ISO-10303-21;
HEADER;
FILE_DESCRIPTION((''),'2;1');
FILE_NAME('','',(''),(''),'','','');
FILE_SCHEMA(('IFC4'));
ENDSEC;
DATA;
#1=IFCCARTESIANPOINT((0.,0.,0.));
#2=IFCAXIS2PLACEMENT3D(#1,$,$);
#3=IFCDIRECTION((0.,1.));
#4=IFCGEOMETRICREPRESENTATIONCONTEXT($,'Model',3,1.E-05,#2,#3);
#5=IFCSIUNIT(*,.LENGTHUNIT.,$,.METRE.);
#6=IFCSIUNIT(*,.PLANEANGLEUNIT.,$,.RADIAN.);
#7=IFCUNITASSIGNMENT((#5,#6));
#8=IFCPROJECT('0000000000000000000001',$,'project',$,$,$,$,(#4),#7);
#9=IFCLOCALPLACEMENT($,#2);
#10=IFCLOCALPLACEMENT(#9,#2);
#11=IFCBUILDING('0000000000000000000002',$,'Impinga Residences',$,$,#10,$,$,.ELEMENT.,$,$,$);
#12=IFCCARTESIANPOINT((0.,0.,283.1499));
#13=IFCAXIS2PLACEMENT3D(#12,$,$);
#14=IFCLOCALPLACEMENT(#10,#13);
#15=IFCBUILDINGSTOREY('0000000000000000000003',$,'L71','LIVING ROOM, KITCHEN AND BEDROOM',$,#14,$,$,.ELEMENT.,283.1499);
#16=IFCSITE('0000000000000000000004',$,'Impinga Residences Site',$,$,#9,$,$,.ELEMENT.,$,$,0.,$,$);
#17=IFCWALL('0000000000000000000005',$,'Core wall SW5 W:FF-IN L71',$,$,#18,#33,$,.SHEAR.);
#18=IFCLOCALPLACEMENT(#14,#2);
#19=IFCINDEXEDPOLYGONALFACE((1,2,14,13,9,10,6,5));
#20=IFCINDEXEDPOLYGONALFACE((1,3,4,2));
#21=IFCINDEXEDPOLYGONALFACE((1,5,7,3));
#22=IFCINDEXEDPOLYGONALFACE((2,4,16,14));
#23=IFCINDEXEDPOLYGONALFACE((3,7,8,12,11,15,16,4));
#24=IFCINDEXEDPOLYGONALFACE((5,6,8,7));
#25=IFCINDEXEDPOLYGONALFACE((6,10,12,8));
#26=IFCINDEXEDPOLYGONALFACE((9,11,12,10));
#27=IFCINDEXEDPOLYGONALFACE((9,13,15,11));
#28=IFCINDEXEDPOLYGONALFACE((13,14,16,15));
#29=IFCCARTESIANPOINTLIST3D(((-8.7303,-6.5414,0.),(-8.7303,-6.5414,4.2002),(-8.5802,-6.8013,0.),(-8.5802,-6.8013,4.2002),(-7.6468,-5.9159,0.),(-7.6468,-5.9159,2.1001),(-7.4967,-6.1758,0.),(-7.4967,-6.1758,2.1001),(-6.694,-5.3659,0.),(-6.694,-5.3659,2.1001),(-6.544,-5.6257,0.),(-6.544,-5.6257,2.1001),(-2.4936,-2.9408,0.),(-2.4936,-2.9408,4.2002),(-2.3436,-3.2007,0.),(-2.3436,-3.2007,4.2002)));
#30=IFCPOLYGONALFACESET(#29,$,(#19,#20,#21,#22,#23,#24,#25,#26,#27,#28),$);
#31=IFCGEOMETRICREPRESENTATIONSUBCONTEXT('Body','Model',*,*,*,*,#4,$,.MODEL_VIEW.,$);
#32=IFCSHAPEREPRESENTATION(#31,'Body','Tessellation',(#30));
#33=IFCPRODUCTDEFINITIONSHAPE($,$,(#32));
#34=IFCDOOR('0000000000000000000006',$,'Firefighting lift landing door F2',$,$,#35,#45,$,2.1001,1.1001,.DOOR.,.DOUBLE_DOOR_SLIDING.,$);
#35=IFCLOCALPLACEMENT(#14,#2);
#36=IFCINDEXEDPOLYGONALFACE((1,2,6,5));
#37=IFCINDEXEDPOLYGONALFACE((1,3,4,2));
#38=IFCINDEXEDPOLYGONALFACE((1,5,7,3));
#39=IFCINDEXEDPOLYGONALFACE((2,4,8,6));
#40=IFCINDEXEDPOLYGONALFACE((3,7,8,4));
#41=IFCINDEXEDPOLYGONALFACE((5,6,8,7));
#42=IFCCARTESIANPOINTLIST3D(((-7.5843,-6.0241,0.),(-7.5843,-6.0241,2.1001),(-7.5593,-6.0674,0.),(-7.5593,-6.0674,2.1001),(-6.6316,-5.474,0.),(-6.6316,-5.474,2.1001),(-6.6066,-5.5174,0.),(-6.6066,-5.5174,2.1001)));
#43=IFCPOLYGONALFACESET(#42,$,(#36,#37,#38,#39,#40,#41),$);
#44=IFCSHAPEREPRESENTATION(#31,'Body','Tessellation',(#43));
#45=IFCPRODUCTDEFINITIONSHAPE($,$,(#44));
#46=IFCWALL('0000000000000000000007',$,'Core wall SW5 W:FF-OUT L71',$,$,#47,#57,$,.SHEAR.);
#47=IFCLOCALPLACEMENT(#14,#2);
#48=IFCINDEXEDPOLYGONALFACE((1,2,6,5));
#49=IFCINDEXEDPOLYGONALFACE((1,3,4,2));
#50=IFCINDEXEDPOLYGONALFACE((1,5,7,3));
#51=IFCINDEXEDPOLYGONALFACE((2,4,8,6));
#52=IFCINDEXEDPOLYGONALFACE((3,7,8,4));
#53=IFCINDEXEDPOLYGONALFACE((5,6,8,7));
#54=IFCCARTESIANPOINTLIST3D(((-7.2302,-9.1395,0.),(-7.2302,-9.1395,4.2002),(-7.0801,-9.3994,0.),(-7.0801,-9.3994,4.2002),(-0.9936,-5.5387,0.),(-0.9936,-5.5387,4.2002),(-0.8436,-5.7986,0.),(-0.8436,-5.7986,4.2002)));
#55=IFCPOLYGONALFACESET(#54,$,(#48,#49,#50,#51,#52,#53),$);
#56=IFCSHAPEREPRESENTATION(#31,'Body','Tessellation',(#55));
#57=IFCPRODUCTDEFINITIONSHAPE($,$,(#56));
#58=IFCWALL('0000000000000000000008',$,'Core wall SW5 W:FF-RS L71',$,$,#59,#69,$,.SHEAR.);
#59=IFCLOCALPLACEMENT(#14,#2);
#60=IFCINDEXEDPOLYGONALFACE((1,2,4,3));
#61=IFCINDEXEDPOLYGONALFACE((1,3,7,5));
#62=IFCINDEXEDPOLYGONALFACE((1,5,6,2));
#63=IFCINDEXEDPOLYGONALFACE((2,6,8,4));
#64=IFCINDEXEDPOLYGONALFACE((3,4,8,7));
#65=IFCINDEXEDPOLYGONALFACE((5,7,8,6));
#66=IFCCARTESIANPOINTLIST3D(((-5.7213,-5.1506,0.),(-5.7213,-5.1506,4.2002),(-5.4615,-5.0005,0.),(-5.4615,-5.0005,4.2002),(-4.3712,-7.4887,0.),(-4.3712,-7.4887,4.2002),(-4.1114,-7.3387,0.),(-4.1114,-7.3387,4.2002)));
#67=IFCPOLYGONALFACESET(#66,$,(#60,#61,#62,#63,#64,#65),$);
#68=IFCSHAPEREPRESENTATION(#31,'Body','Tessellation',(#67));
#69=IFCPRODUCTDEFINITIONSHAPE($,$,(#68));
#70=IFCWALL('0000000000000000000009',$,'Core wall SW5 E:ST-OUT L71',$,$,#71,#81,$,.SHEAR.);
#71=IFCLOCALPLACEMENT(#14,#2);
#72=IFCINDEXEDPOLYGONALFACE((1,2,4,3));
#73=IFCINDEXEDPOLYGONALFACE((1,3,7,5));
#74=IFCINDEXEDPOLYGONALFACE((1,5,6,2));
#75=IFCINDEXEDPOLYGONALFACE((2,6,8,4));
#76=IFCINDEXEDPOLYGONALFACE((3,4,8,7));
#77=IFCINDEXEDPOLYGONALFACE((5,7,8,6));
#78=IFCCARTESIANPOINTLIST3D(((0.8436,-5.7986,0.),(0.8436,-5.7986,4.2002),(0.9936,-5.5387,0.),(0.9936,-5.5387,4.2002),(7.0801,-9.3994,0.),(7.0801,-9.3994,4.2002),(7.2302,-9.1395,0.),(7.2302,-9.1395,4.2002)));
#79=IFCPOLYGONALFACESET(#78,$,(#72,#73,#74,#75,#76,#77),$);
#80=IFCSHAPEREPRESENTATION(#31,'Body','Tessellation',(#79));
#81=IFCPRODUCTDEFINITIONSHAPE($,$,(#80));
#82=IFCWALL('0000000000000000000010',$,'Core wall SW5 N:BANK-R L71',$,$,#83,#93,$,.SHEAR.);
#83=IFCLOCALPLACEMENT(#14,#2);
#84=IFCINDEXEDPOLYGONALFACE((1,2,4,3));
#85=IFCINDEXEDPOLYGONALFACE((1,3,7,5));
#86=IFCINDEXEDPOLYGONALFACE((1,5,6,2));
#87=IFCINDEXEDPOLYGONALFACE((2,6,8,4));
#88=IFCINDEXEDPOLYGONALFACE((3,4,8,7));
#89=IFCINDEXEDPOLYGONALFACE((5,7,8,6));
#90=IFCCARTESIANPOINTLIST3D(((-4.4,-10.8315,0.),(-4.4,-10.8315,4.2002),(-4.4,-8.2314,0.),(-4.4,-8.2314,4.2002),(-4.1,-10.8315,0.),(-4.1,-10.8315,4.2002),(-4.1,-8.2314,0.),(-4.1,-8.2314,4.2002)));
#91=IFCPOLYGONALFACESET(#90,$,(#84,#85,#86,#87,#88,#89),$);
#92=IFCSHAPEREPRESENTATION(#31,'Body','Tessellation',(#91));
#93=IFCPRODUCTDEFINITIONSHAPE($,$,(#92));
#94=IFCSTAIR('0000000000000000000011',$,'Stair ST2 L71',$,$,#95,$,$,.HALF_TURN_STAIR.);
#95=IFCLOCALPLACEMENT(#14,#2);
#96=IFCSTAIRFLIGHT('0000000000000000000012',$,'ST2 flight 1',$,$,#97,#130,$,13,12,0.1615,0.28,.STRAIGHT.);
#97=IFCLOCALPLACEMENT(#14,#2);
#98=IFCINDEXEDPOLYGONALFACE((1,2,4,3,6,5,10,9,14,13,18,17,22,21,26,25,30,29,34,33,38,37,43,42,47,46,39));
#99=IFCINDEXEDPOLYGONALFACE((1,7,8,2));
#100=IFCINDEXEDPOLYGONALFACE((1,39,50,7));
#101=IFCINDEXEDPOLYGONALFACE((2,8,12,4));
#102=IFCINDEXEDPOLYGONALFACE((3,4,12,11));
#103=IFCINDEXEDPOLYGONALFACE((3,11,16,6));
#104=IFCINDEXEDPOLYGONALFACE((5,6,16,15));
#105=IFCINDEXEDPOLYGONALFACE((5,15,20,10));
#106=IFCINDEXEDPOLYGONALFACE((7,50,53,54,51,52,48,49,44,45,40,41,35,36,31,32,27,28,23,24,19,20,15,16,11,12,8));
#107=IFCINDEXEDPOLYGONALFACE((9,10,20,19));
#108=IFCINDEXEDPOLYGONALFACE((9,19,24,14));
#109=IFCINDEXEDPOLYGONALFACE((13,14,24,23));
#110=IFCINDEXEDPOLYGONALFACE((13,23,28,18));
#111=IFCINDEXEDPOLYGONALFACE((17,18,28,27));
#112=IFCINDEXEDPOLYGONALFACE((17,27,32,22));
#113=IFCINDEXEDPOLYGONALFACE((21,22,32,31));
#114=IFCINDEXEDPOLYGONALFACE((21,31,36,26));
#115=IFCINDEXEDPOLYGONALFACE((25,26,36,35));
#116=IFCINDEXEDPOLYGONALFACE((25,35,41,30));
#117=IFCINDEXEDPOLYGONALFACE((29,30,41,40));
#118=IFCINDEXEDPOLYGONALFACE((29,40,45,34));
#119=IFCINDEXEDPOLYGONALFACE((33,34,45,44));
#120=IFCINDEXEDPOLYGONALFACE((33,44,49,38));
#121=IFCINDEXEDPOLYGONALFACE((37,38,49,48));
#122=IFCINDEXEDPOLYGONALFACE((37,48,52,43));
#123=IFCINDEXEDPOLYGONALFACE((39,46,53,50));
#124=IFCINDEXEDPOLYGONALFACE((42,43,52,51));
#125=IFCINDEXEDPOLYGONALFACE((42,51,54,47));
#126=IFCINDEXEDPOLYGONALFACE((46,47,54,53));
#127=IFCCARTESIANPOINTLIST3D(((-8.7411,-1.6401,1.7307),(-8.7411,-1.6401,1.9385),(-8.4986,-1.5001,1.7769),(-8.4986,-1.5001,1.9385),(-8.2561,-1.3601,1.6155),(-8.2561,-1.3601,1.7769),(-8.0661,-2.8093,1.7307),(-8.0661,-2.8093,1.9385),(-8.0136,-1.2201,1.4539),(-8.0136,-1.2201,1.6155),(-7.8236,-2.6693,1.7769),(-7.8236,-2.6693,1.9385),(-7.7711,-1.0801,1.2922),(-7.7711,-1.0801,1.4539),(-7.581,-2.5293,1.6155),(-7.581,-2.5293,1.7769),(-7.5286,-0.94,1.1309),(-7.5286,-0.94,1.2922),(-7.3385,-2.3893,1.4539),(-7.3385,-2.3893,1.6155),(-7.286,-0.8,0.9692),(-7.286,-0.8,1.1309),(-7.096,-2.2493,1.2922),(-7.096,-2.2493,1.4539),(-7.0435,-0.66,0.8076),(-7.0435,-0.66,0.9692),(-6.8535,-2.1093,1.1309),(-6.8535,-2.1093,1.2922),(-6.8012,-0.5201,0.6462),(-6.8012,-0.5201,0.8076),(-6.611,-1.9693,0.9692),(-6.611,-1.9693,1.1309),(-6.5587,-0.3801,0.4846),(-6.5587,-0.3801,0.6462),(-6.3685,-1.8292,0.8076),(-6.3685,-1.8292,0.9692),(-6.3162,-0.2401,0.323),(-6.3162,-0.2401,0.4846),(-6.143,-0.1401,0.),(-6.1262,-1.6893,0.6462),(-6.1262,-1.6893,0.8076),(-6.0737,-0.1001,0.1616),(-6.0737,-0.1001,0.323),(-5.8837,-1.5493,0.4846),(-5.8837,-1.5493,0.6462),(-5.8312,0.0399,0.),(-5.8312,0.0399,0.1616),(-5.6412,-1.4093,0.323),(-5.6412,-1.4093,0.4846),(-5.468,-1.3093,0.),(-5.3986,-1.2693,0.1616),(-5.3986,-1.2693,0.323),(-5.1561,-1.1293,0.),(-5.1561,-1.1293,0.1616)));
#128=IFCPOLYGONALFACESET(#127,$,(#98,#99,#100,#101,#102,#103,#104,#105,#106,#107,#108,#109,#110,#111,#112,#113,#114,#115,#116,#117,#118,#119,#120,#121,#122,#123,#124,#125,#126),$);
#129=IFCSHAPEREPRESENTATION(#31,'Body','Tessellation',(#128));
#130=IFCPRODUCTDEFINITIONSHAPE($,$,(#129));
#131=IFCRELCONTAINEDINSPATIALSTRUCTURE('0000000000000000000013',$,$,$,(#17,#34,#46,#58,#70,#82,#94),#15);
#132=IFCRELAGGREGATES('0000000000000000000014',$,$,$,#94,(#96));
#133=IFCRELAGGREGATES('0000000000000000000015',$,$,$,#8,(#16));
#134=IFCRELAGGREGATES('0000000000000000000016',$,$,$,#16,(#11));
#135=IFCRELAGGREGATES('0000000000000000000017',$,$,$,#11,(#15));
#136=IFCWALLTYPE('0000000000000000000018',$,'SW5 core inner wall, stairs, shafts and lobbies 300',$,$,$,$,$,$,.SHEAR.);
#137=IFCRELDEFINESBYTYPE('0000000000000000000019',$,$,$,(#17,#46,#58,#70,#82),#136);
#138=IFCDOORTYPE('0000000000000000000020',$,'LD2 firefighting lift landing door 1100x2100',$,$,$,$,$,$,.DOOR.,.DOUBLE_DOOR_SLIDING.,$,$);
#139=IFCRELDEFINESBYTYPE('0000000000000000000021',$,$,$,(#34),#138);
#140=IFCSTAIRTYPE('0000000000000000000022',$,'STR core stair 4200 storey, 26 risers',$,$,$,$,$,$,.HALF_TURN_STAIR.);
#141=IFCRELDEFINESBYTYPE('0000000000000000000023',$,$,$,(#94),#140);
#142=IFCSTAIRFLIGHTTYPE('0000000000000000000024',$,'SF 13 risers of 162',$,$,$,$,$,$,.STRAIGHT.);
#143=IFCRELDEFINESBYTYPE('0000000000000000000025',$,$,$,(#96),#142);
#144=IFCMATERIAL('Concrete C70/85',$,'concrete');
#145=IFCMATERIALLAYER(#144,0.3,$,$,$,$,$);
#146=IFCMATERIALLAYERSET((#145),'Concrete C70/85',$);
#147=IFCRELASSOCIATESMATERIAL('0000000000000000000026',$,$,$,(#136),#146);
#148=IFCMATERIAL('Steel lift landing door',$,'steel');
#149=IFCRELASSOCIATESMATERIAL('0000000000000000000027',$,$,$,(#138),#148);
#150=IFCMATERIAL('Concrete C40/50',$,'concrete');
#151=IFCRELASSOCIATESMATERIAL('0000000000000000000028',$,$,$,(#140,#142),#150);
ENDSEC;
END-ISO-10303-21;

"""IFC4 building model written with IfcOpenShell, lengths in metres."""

from ifc_helpers import new_model, si_unit, direction, frame, frame_2d, origin, place, context, subcontext, project, spatial, polyline, rectangle, outline, extrude, material, layer, layer_set, type_object, element, fill, aggregate, save


model = new_model("IFC4")

# Units and contexts
model_context = context("Model", 3, precision=1e-05, world=origin(), true_north=direction((0.0, 1.0)))
body_context = subcontext(model_context, "Body", "Model", "MODEL_VIEW")
ifc_project = project(units=[si_unit("LENGTHUNIT", "METRE"), si_unit("PLANEANGLEUNIT", "RADIAN")], contexts=[model_context])

# Site, building, storey
site_placement = place(None, origin())
site = spatial("IfcSite", under=ifc_project, at=site_placement, Name="Impinga Residences Site", CompositionType="ELEMENT", RefElevation=0.0)
building_placement = place(site_placement, origin())
building = spatial("IfcBuilding", under=site, at=building_placement, Name="Impinga Residences", CompositionType="ELEMENT")
storey_placement = place(building_placement, frame((0.0, 0.0, 283.1499)))
storey = spatial("IfcBuildingStorey", under=building, at=storey_placement, Name="L71", Description="LIVING ROOM, KITCHEN AND BEDROOM", CompositionType="ELEMENT", Elevation=283.1499)

# Shared definitions
ifc_material_1 = material(Name="Concrete C70/85", Category="concrete")
ifc_layer_1 = layer(ifc_material_1, 0.3)
ifc_layer_set_1 = layer_set([ifc_layer_1], Name="Concrete C70/85")
wall_type_1 = type_object("IfcWallType", Name="SW5 core inner wall, stairs, shafts and lobbies 300", PredefinedType="SHEAR", material=ifc_layer_set_1)

# Wall, opening, door
wall_1_placement = place(storey_placement, frame((-2.4187, -3.0708, 0.0), z_axis=(0.0, 0.0, 1.0), x_axis=(-0.866031, -0.49999, 0.0)))
wall_1 = element("IfcWall", 1, at=wall_1_placement, inside=storey, type_object=wall_type_1, Name="Core wall SW5 W:FF-IN L71", PredefinedType="SHEAR", context=body_context, shape_type="SweptSolid", body=[
    extrude(rectangle(XDim=7.2014, YDim=0.3, at=frame_2d((3.6006, 0.0))), origin(), (0.0, 0.0, 1.0), 4.2002),
])
opening_1_placement = place(wall_1_placement, frame((4.8501, 0.0, 0.0)))
opening_1 = element("IfcOpeningElement", 2, at=opening_1_placement, cuts=wall_1, PredefinedType="OPENING", context=body_context, shape_type="SweptSolid", body=[
    extrude(rectangle(XDim=1.1001, YDim=2.1001, at=frame_2d((0.55, 1.05))), frame((0.0, 0.1599, 0.0), z_axis=(0.0, -1.0, 0.0), x_axis=(1.0, 0.0, 0.0)), (0.0, 0.0, 1.0), 0.3201),
])
ifc_material_2 = material(Name="Steel lift landing door", Category="steel")
door_type_1 = type_object("IfcDoorType", Name="LD2 firefighting lift landing door 1100x2100", OperationType="DOUBLE_DOOR_SLIDING", PredefinedType="DOOR", material=ifc_material_2)
door_1_placement = place(opening_1_placement, origin())
door_1 = element("IfcDoor", 3, at=door_1_placement, inside=storey, type_object=door_type_1, Name="Firefighting lift landing door F2", OperationType="DOUBLE_DOOR_SLIDING", OverallHeight=2.1001, OverallWidth=1.1001, PredefinedType="DOOR", context=body_context, shape_type="SweptSolid", body=[
    extrude(rectangle(XDim=1.1001, YDim=2.1001, at=frame_2d((0.55, 1.05))), frame((0.0, 0.0249, 0.0), z_axis=(0.0, -1.0, 0.0), x_axis=(1.0, 0.0, 0.0)), (0.0, 0.0, 1.0), 0.05),
])
fill(opening_1, door_1)

# Walls
wall_2_placement = place(storey_placement, frame((-0.9187, -5.6687, 0.0), z_axis=(0.0, 0.0, 1.0), x_axis=(-0.866017, -0.500015, 0.0)))
element("IfcWall", 4, at=wall_2_placement, inside=storey, type_object=wall_type_1, Name="Core wall SW5 W:FF-OUT L71", PredefinedType="SHEAR", context=body_context, shape_type="SweptSolid", body=[
    extrude(rectangle(XDim=7.2014, YDim=0.3, at=frame_2d((3.6006, 0.0))), origin(), (0.0, 0.0, 1.0), 4.2002),
])
wall_3_placement = place(storey_placement, frame((-4.2412, -7.4138, 0.0), z_axis=(0.0, 0.0, 1.0), x_axis=(-0.500049, 0.865997, 0.0)))
element("IfcWall", 5, at=wall_3_placement, inside=storey, type_object=wall_type_1, Name="Core wall SW5 W:FF-RS L71", PredefinedType="SHEAR", context=body_context, shape_type="SweptSolid", body=[
    extrude(rectangle(XDim=2.7, YDim=0.3, at=frame_2d((1.3501, 0.0))), origin(), (0.0, 0.0, 1.0), 4.2002),
])
wall_4_placement = place(storey_placement, frame((0.9187, -5.6687, 0.0), z_axis=(0.0, 0.0, 1.0), x_axis=(0.866017, -0.500015, 0.0)))
element("IfcWall", 6, at=wall_4_placement, inside=storey, type_object=wall_type_1, Name="Core wall SW5 E:ST-OUT L71", PredefinedType="SHEAR", context=body_context, shape_type="SweptSolid", body=[
    extrude(rectangle(XDim=7.2014, YDim=0.3, at=frame_2d((3.6006, 0.0))), origin(), (0.0, 0.0, 1.0), 4.2002),
])
wall_5_placement = place(storey_placement, frame((-4.25, -8.2314, 0.0), z_axis=(0.0, 0.0, 1.0), x_axis=(0.0, -1.0, 0.0)))
element("IfcWall", 7, at=wall_5_placement, inside=storey, type_object=wall_type_1, Name="Core wall SW5 N:BANK-R L71", PredefinedType="SHEAR", context=body_context, shape_type="SweptSolid", body=[
    extrude(rectangle(XDim=2.6001, YDim=0.3, at=frame_2d((1.3, 0.0))), origin(), (0.0, 0.0, 1.0), 4.2002),
])

# Stair, stair flight
ifc_material_3 = material(Name="Concrete C40/50", Category="concrete")
stair_type = type_object("IfcStairType", Name="STR core stair 4200 storey, 26 risers", PredefinedType="HALF_TURN_STAIR", material=ifc_material_3)
stair_placement = place(storey_placement, origin())
stair = element("IfcStair", 8, at=stair_placement, inside=storey, type_object=stair_type, Name="Stair ST2 L71", PredefinedType="HALF_TURN_STAIR")
stair_flight_type = type_object("IfcStairFlightType", Name="SF 13 risers of 162", PredefinedType="STRAIGHT", material=ifc_material_3)
stair_flight_placement = place(storey_placement, frame((-5.4937, -0.5447, 0.0), z_axis=(0.0, 0.0, 1.0), x_axis=(-0.866025, -0.5, 0.0)))
stair_flight = element("IfcStairFlight", 9, at=stair_flight_placement, type_object=stair_flight_type, Name="ST2 flight 1", NumberOfRisers=13, NumberOfTreads=12, PredefinedType="STRAIGHT", RiserHeight=0.1615, TreadLength=0.28, context=body_context, shape_type="SweptSolid", body=[
    extrude(outline(polyline([(0.0, 0.0), (0.0, 0.1616), (0.28, 0.1616), (0.28, 0.323), (0.5601, 0.323), (0.5601, 0.4846), (0.8401, 0.4846), (0.8401, 0.6462), (1.1201, 0.6462), (1.1201, 0.8076), (1.3999, 0.8076), (1.3999, 0.9692), (1.6799, 0.9692), (1.6799, 1.1309), (1.96, 1.1309), (1.96, 1.2922), (2.24, 1.2922), (2.24, 1.4539), (2.52, 1.4539), (2.52, 1.6155), (2.8, 1.6155), (2.8, 1.7769), (3.0801, 1.7769), (3.0801, 1.9385), (3.3601, 1.9385), (3.3601, 2.1001), (3.3601, 1.7307), (0.3601, 0.0), (0.0, 0.0)])), frame((0.0, 0.675, 0.0), z_axis=(0.0, -1.0, 0.0), x_axis=(1.0, 0.0, 0.0)), (0.0, 0.0, 1.0), 1.3501),
])
aggregate(stair, [stair_flight])

save(model, "model.ifc")
